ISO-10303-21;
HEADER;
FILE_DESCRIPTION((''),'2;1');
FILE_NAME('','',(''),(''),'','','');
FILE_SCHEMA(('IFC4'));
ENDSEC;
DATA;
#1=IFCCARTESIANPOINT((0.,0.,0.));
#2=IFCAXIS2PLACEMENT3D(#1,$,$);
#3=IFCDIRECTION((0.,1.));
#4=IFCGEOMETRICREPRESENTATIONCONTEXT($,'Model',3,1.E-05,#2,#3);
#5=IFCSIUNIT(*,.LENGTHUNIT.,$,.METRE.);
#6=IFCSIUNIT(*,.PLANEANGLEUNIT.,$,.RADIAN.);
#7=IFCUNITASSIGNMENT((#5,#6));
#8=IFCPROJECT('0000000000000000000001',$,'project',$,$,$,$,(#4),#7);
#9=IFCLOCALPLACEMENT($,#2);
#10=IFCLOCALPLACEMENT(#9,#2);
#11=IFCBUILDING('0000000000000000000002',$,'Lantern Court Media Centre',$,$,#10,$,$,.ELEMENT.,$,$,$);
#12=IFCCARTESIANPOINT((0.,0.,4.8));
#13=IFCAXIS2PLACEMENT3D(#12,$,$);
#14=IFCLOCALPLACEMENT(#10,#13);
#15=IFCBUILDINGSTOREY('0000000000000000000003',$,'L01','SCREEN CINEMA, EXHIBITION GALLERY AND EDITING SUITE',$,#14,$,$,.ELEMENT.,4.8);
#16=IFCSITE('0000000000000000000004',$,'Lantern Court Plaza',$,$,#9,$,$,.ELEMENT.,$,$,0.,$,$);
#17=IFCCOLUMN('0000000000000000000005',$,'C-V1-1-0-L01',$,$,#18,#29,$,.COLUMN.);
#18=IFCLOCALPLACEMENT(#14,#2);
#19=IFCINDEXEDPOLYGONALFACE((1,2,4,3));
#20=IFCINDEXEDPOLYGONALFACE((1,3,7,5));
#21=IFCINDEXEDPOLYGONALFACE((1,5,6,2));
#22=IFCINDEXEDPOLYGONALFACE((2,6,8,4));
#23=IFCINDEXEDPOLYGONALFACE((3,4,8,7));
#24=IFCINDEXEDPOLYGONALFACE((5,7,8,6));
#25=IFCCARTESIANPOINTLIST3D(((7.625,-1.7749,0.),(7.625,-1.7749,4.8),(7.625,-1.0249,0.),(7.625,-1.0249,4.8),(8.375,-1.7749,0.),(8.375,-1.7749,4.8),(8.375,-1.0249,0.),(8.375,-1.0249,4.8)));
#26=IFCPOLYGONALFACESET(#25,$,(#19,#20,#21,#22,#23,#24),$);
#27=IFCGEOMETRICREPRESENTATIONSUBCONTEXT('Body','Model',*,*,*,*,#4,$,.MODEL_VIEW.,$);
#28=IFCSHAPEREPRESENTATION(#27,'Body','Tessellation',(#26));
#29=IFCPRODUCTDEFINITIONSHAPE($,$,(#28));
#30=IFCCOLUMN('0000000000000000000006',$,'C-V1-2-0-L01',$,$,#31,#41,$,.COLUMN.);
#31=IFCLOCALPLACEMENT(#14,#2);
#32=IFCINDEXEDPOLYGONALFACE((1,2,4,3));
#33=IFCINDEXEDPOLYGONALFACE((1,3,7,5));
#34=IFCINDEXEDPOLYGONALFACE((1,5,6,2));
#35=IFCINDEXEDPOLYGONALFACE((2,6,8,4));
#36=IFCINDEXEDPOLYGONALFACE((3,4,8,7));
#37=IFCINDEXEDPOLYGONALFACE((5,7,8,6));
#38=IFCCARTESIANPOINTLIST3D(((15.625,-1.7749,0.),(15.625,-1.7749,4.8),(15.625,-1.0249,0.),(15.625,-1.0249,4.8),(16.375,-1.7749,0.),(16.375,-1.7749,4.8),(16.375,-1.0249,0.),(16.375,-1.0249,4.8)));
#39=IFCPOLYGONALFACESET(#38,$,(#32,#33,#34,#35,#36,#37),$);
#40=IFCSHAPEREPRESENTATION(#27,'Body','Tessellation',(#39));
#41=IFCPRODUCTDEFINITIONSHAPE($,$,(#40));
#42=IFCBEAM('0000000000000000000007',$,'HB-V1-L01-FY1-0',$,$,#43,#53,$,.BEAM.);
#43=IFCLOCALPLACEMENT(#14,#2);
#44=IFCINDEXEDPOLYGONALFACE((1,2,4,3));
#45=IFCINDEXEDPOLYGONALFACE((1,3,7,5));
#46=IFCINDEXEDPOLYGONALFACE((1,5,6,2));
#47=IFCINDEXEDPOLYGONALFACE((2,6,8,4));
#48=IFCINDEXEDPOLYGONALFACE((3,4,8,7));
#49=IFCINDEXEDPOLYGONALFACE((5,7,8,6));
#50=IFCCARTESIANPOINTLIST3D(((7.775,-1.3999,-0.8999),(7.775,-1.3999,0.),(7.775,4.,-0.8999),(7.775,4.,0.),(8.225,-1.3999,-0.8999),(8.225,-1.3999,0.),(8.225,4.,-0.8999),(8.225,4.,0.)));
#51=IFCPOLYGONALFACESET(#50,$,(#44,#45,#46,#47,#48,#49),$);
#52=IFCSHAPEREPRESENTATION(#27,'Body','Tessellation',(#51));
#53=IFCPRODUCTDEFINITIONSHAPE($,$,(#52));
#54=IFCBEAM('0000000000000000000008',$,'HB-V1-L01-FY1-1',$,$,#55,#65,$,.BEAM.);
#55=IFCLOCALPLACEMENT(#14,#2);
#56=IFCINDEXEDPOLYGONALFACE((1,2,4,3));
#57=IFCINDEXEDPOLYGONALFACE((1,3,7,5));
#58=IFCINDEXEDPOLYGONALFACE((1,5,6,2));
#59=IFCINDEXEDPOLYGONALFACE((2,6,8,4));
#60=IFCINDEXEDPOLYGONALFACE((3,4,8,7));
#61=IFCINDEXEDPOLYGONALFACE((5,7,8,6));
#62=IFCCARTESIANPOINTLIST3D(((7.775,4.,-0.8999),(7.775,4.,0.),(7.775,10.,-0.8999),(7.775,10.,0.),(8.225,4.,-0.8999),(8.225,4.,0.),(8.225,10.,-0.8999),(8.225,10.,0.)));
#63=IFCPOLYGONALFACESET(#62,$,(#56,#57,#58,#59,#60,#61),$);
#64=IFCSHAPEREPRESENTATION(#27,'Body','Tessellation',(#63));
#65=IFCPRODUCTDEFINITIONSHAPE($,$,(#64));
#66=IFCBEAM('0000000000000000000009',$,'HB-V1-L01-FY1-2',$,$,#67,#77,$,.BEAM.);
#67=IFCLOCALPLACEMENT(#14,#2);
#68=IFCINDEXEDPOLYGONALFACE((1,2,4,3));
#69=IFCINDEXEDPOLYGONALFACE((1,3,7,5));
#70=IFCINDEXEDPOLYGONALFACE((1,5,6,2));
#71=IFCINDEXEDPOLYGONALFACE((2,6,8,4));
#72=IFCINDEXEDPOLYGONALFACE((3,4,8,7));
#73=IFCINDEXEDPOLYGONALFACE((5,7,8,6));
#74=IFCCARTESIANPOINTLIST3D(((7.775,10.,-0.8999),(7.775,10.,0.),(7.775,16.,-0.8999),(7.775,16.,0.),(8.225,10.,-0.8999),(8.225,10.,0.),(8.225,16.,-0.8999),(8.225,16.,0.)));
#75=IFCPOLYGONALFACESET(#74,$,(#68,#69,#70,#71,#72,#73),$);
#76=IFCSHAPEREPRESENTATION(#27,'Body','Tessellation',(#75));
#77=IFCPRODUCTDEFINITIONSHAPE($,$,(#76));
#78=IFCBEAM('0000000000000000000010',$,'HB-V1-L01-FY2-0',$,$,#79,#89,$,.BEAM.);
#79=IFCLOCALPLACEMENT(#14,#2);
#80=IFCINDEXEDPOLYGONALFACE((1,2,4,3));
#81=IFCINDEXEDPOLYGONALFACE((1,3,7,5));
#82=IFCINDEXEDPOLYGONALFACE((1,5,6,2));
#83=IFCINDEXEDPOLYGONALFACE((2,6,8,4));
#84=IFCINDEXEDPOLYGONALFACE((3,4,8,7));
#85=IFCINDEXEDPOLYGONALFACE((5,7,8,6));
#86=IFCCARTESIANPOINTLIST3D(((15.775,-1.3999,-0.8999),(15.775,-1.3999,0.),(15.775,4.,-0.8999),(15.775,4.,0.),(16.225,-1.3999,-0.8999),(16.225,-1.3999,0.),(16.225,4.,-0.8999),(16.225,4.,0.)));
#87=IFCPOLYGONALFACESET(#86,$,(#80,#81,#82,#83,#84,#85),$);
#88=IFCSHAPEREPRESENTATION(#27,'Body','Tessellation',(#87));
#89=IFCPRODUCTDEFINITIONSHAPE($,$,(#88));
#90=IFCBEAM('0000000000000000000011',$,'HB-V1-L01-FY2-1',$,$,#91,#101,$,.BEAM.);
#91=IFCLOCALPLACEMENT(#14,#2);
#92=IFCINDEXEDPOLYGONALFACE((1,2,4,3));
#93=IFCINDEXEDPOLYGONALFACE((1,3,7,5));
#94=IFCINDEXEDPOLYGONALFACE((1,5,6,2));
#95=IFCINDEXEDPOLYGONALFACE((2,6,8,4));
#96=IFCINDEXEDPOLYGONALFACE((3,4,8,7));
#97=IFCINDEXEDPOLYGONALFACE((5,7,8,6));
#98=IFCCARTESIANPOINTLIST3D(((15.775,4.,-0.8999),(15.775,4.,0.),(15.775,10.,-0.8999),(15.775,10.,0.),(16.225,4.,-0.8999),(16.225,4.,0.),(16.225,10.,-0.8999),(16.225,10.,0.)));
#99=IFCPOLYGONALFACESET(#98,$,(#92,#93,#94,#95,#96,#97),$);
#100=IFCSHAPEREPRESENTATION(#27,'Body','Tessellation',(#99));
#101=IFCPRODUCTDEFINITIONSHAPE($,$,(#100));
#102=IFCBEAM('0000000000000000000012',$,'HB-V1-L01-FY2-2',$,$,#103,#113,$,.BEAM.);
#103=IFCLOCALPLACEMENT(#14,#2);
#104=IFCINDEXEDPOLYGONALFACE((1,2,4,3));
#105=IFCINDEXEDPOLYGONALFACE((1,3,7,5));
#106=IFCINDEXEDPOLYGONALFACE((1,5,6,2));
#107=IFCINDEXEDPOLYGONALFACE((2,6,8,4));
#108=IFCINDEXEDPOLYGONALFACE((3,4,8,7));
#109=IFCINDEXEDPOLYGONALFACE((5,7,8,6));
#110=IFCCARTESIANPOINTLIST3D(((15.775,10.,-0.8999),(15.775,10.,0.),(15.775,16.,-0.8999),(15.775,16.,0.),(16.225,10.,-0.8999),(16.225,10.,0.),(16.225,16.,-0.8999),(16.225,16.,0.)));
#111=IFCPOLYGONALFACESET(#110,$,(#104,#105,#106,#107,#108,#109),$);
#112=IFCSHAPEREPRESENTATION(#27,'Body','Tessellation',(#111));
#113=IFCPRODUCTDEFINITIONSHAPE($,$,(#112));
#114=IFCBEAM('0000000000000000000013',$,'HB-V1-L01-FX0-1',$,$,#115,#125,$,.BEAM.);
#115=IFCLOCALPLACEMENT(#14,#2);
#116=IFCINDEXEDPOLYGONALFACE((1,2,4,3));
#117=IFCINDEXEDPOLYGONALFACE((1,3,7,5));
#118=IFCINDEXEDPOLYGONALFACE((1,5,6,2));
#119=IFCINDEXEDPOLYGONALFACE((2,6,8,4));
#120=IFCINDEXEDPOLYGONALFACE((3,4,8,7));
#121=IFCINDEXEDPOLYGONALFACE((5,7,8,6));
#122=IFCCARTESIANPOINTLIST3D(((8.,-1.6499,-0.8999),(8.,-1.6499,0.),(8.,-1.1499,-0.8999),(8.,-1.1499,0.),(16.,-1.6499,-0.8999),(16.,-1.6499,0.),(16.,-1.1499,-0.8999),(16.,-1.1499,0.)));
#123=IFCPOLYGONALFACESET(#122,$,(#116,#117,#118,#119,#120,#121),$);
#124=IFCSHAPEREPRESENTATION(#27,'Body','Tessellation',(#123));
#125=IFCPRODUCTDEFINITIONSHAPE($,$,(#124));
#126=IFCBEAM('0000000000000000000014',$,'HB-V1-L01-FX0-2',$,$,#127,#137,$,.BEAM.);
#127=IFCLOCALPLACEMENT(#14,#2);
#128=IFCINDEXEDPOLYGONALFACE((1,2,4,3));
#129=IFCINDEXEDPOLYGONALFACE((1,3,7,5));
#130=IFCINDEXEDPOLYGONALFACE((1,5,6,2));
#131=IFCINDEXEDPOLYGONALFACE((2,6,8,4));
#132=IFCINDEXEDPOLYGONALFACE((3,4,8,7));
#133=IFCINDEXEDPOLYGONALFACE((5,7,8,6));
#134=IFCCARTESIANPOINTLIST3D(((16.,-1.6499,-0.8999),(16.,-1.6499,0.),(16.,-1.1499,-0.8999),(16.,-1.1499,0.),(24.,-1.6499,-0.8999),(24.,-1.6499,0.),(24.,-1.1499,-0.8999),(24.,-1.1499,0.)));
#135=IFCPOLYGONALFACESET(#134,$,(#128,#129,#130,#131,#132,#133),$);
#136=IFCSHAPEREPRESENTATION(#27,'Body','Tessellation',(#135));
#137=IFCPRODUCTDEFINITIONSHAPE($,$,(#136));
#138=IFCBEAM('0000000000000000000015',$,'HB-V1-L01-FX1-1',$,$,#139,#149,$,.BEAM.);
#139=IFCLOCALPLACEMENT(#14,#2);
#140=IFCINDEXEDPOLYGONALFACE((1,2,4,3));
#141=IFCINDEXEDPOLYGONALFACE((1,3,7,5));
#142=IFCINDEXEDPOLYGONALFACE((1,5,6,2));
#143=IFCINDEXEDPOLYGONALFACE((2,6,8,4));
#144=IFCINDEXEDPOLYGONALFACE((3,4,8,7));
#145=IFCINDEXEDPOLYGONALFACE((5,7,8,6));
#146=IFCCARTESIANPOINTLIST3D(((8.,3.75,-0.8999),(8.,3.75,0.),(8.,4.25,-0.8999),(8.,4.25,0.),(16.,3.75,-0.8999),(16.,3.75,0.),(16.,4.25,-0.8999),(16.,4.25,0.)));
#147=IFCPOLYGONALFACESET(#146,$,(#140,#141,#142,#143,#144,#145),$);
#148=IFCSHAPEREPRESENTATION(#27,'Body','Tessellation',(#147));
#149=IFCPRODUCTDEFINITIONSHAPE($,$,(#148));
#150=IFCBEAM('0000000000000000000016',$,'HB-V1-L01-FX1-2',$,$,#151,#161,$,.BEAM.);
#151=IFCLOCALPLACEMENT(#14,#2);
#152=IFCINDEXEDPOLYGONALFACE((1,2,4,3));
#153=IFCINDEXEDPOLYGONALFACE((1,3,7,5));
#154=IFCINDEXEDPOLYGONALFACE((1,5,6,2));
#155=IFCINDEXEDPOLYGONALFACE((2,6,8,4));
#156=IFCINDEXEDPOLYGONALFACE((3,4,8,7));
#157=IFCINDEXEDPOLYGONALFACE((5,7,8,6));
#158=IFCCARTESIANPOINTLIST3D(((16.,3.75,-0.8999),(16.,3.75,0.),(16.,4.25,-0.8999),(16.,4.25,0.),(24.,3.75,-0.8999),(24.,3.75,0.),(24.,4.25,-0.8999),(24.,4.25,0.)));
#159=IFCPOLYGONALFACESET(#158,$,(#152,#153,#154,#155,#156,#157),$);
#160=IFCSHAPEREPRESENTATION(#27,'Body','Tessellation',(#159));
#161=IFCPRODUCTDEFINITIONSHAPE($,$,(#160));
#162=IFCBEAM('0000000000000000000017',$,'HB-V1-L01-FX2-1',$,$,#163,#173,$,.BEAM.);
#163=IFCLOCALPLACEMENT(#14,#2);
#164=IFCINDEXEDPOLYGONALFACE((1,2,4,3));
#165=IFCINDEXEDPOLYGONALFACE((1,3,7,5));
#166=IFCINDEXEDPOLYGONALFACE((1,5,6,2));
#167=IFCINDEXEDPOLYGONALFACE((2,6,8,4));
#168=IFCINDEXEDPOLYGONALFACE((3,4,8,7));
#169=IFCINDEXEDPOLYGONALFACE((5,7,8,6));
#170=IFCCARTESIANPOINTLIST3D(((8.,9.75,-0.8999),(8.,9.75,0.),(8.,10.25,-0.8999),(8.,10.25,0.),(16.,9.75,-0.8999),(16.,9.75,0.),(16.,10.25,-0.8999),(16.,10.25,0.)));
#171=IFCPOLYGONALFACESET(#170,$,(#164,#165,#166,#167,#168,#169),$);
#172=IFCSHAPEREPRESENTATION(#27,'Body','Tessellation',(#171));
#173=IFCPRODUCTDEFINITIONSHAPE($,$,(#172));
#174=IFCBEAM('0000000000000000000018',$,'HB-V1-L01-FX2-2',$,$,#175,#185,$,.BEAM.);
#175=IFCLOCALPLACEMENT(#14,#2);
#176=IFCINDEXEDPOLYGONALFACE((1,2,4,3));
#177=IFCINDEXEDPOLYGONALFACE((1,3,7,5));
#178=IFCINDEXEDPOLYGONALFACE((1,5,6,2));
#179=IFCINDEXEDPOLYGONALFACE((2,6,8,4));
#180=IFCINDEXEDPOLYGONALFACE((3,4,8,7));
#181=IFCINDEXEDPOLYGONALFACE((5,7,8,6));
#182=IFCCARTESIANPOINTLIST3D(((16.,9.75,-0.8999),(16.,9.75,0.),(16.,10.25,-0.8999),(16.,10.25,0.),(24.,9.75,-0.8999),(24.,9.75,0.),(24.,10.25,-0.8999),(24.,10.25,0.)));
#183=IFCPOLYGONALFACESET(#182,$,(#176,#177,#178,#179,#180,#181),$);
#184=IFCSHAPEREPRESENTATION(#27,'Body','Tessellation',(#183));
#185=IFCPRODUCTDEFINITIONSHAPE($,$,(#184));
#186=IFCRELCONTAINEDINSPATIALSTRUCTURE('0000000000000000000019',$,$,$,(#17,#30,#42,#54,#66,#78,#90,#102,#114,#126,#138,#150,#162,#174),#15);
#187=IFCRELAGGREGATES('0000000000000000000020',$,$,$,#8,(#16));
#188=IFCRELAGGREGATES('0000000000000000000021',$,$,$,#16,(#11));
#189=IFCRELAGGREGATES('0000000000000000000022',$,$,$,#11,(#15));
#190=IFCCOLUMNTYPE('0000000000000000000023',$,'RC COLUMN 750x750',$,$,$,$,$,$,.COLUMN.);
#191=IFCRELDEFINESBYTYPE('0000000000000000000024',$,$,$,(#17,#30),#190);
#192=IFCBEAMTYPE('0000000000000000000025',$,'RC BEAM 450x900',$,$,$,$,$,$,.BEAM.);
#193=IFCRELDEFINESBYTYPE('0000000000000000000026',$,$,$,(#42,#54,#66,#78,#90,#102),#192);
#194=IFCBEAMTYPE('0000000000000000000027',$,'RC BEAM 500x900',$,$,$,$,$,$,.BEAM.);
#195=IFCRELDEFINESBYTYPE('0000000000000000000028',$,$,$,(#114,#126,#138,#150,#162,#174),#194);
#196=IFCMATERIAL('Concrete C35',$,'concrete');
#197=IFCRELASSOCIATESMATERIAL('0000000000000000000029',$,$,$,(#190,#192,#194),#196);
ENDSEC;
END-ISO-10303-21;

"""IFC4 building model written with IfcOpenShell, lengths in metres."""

from ifc_helpers import new_model, si_unit, direction, frame, origin, origin_2d, place, context, subcontext, project, spatial, rectangle, extrude, material, material_profile, profile_set, type_object, element, save


model = new_model("IFC4")

# Units and contexts
model_context = context("Model", 3, precision=1e-05, world=origin(), true_north=direction((0.0, 1.0)))
body_context = subcontext(model_context, "Body", "Model", "MODEL_VIEW")
ifc_project = project(units=[si_unit("LENGTHUNIT", "METRE"), si_unit("PLANEANGLEUNIT", "RADIAN")], contexts=[model_context])

# Site, building, storey
site_placement = place(None, origin())
site = spatial("IfcSite", under=ifc_project, at=site_placement, Name="Lantern Court Plaza", CompositionType="ELEMENT", RefElevation=0.0)
building_placement = place(site_placement, origin())
building = spatial("IfcBuilding", under=site, at=building_placement, Name="Lantern Court Media Centre", CompositionType="ELEMENT")
storey_placement = place(building_placement, frame((0.0, 0.0, 4.8)))
storey = spatial("IfcBuildingStorey", under=building, at=storey_placement, Name="L01", Description="SCREEN CINEMA, EXHIBITION GALLERY AND EDITING SUITE", CompositionType="ELEMENT", Elevation=4.8)

# Columns
ifc_material_1 = material(Name="Concrete C35", Category="concrete")
ifc_material_profile_1 = material_profile(ifc_material_1, rectangle(XDim=0.75, YDim=0.75, at=origin_2d()), Name="RC 750x750")
ifc_profile_set_1 = profile_set([ifc_material_profile_1], Name="Concrete C35")
column_type = type_object("IfcColumnType", Name="RC COLUMN 750x750", PredefinedType="COLUMN", material=ifc_profile_set_1)
for number, where, z_axis, x_axis, name in (
    (1, (8.0, -1.3999, 0.0), (0.0, 0.0, 1.0), (1.0, 0.0, 0.0), "C-V1-1-0-L01"),
    (2, (16.0, -1.3999, 0.0), (0.0, 0.0, 1.0), (1.0, 0.0, 0.0), "C-V1-2-0-L01"),
):
    element("IfcColumn", number, at=place(storey_placement, frame(where, z_axis=z_axis, x_axis=x_axis)), inside=storey, type_object=column_type, Name=name, PredefinedType="COLUMN", context=body_context, shape_type="SweptSolid", body=[
        extrude(rectangle(XDim=0.75, YDim=0.75, at=origin_2d()), origin(), (0.0, 0.0, 1.0), 4.8),
    ])

# Beams
ifc_material_profile_2 = material_profile(ifc_material_1, rectangle(XDim=0.45, YDim=0.8999, at=origin_2d()), Name="RC 450x900")
ifc_profile_set_2 = profile_set([ifc_material_profile_2], Name="Concrete C35")
beam_type_1 = type_object("IfcBeamType", Name="RC BEAM 450x900", PredefinedType="BEAM", material=ifc_profile_set_2)
beam_1_placement = place(storey_placement, frame((8.0, -1.3999, -0.45), z_axis=(0.0, 1.0, 0.0), x_axis=(-1.0, 0.0, 0.0)))
element("IfcBeam", 3, at=beam_1_placement, inside=storey, type_object=beam_type_1, Name="HB-V1-L01-FY1-0", PredefinedType="BEAM", context=body_context, shape_type="SweptSolid", body=[
    extrude(rectangle(XDim=0.45, YDim=0.8999, at=origin_2d()), origin(), (0.0, 0.0, 1.0), 5.3999),
])
for number, where, z_axis, x_axis, name in (
    (4, (8.0, 4.0, -0.45), (0.0, 1.0, 0.0), (-1.0, 0.0, 0.0), "HB-V1-L01-FY1-1"),
    (5, (8.0, 10.0, -0.45), (0.0, 1.0, 0.0), (-1.0, 0.0, 0.0), "HB-V1-L01-FY1-2"),
):
    element("IfcBeam", number, at=place(storey_placement, frame(where, z_axis=z_axis, x_axis=x_axis)), inside=storey, type_object=beam_type_1, Name=name, PredefinedType="BEAM", context=body_context, shape_type="SweptSolid", body=[
        extrude(rectangle(XDim=0.45, YDim=0.8999, at=origin_2d()), origin(), (0.0, 0.0, 1.0), 6.0),
    ])
beam_2_placement = place(storey_placement, frame((16.0, -1.3999, -0.45), z_axis=(0.0, 1.0, 0.0), x_axis=(-1.0, 0.0, 0.0)))
element("IfcBeam", 6, at=beam_2_placement, inside=storey, type_object=beam_type_1, Name="HB-V1-L01-FY2-0", PredefinedType="BEAM", context=body_context, shape_type="SweptSolid", body=[
    extrude(rectangle(XDim=0.45, YDim=0.8999, at=origin_2d()), origin(), (0.0, 0.0, 1.0), 5.3999),
])
for number, where, z_axis, x_axis, name in (
    (7, (16.0, 4.0, -0.45), (0.0, 1.0, 0.0), (-1.0, 0.0, 0.0), "HB-V1-L01-FY2-1"),
    (8, (16.0, 10.0, -0.45), (0.0, 1.0, 0.0), (-1.0, 0.0, 0.0), "HB-V1-L01-FY2-2"),
):
    element("IfcBeam", number, at=place(storey_placement, frame(where, z_axis=z_axis, x_axis=x_axis)), inside=storey, type_object=beam_type_1, Name=name, PredefinedType="BEAM", context=body_context, shape_type="SweptSolid", body=[
        extrude(rectangle(XDim=0.45, YDim=0.8999, at=origin_2d()), origin(), (0.0, 0.0, 1.0), 6.0),
    ])
ifc_material_profile_3 = material_profile(ifc_material_1, rectangle(XDim=0.5, YDim=0.8999, at=origin_2d()), Name="RC 500x900")
ifc_profile_set_3 = profile_set([ifc_material_profile_3], Name="Concrete C35")
beam_type_2 = type_object("IfcBeamType", Name="RC BEAM 500x900", PredefinedType="BEAM", material=ifc_profile_set_3)
for number, where, z_axis, x_axis, name in (
    (9, (8.0, -1.3999, -0.45), (1.0, 0.0, 0.0), (0.0, 1.0, 0.0), "HB-V1-L01-FX0-1"),
    (10, (16.0, -1.3999, -0.45), (1.0, 0.0, 0.0), (0.0, 1.0, 0.0), "HB-V1-L01-FX0-2"),
    (11, (8.0, 4.0, -0.45), (1.0, 0.0, 0.0), (0.0, 1.0, 0.0), "HB-V1-L01-FX1-1"),
    (12, (16.0, 4.0, -0.45), (1.0, 0.0, 0.0), (0.0, 1.0, 0.0), "HB-V1-L01-FX1-2"),
    (13, (8.0, 10.0, -0.45), (1.0, 0.0, 0.0), (0.0, 1.0, 0.0), "HB-V1-L01-FX2-1"),
    (14, (16.0, 10.0, -0.45), (1.0, 0.0, 0.0), (0.0, 1.0, 0.0), "HB-V1-L01-FX2-2"),
):
    element("IfcBeam", number, at=place(storey_placement, frame(where, z_axis=z_axis, x_axis=x_axis)), inside=storey, type_object=beam_type_2, Name=name, PredefinedType="BEAM", context=body_context, shape_type="SweptSolid", body=[
        extrude(rectangle(XDim=0.5, YDim=0.8999, at=origin_2d()), origin(), (0.0, 0.0, 1.0), 8.0),
    ])

save(model, "model.ifc")
